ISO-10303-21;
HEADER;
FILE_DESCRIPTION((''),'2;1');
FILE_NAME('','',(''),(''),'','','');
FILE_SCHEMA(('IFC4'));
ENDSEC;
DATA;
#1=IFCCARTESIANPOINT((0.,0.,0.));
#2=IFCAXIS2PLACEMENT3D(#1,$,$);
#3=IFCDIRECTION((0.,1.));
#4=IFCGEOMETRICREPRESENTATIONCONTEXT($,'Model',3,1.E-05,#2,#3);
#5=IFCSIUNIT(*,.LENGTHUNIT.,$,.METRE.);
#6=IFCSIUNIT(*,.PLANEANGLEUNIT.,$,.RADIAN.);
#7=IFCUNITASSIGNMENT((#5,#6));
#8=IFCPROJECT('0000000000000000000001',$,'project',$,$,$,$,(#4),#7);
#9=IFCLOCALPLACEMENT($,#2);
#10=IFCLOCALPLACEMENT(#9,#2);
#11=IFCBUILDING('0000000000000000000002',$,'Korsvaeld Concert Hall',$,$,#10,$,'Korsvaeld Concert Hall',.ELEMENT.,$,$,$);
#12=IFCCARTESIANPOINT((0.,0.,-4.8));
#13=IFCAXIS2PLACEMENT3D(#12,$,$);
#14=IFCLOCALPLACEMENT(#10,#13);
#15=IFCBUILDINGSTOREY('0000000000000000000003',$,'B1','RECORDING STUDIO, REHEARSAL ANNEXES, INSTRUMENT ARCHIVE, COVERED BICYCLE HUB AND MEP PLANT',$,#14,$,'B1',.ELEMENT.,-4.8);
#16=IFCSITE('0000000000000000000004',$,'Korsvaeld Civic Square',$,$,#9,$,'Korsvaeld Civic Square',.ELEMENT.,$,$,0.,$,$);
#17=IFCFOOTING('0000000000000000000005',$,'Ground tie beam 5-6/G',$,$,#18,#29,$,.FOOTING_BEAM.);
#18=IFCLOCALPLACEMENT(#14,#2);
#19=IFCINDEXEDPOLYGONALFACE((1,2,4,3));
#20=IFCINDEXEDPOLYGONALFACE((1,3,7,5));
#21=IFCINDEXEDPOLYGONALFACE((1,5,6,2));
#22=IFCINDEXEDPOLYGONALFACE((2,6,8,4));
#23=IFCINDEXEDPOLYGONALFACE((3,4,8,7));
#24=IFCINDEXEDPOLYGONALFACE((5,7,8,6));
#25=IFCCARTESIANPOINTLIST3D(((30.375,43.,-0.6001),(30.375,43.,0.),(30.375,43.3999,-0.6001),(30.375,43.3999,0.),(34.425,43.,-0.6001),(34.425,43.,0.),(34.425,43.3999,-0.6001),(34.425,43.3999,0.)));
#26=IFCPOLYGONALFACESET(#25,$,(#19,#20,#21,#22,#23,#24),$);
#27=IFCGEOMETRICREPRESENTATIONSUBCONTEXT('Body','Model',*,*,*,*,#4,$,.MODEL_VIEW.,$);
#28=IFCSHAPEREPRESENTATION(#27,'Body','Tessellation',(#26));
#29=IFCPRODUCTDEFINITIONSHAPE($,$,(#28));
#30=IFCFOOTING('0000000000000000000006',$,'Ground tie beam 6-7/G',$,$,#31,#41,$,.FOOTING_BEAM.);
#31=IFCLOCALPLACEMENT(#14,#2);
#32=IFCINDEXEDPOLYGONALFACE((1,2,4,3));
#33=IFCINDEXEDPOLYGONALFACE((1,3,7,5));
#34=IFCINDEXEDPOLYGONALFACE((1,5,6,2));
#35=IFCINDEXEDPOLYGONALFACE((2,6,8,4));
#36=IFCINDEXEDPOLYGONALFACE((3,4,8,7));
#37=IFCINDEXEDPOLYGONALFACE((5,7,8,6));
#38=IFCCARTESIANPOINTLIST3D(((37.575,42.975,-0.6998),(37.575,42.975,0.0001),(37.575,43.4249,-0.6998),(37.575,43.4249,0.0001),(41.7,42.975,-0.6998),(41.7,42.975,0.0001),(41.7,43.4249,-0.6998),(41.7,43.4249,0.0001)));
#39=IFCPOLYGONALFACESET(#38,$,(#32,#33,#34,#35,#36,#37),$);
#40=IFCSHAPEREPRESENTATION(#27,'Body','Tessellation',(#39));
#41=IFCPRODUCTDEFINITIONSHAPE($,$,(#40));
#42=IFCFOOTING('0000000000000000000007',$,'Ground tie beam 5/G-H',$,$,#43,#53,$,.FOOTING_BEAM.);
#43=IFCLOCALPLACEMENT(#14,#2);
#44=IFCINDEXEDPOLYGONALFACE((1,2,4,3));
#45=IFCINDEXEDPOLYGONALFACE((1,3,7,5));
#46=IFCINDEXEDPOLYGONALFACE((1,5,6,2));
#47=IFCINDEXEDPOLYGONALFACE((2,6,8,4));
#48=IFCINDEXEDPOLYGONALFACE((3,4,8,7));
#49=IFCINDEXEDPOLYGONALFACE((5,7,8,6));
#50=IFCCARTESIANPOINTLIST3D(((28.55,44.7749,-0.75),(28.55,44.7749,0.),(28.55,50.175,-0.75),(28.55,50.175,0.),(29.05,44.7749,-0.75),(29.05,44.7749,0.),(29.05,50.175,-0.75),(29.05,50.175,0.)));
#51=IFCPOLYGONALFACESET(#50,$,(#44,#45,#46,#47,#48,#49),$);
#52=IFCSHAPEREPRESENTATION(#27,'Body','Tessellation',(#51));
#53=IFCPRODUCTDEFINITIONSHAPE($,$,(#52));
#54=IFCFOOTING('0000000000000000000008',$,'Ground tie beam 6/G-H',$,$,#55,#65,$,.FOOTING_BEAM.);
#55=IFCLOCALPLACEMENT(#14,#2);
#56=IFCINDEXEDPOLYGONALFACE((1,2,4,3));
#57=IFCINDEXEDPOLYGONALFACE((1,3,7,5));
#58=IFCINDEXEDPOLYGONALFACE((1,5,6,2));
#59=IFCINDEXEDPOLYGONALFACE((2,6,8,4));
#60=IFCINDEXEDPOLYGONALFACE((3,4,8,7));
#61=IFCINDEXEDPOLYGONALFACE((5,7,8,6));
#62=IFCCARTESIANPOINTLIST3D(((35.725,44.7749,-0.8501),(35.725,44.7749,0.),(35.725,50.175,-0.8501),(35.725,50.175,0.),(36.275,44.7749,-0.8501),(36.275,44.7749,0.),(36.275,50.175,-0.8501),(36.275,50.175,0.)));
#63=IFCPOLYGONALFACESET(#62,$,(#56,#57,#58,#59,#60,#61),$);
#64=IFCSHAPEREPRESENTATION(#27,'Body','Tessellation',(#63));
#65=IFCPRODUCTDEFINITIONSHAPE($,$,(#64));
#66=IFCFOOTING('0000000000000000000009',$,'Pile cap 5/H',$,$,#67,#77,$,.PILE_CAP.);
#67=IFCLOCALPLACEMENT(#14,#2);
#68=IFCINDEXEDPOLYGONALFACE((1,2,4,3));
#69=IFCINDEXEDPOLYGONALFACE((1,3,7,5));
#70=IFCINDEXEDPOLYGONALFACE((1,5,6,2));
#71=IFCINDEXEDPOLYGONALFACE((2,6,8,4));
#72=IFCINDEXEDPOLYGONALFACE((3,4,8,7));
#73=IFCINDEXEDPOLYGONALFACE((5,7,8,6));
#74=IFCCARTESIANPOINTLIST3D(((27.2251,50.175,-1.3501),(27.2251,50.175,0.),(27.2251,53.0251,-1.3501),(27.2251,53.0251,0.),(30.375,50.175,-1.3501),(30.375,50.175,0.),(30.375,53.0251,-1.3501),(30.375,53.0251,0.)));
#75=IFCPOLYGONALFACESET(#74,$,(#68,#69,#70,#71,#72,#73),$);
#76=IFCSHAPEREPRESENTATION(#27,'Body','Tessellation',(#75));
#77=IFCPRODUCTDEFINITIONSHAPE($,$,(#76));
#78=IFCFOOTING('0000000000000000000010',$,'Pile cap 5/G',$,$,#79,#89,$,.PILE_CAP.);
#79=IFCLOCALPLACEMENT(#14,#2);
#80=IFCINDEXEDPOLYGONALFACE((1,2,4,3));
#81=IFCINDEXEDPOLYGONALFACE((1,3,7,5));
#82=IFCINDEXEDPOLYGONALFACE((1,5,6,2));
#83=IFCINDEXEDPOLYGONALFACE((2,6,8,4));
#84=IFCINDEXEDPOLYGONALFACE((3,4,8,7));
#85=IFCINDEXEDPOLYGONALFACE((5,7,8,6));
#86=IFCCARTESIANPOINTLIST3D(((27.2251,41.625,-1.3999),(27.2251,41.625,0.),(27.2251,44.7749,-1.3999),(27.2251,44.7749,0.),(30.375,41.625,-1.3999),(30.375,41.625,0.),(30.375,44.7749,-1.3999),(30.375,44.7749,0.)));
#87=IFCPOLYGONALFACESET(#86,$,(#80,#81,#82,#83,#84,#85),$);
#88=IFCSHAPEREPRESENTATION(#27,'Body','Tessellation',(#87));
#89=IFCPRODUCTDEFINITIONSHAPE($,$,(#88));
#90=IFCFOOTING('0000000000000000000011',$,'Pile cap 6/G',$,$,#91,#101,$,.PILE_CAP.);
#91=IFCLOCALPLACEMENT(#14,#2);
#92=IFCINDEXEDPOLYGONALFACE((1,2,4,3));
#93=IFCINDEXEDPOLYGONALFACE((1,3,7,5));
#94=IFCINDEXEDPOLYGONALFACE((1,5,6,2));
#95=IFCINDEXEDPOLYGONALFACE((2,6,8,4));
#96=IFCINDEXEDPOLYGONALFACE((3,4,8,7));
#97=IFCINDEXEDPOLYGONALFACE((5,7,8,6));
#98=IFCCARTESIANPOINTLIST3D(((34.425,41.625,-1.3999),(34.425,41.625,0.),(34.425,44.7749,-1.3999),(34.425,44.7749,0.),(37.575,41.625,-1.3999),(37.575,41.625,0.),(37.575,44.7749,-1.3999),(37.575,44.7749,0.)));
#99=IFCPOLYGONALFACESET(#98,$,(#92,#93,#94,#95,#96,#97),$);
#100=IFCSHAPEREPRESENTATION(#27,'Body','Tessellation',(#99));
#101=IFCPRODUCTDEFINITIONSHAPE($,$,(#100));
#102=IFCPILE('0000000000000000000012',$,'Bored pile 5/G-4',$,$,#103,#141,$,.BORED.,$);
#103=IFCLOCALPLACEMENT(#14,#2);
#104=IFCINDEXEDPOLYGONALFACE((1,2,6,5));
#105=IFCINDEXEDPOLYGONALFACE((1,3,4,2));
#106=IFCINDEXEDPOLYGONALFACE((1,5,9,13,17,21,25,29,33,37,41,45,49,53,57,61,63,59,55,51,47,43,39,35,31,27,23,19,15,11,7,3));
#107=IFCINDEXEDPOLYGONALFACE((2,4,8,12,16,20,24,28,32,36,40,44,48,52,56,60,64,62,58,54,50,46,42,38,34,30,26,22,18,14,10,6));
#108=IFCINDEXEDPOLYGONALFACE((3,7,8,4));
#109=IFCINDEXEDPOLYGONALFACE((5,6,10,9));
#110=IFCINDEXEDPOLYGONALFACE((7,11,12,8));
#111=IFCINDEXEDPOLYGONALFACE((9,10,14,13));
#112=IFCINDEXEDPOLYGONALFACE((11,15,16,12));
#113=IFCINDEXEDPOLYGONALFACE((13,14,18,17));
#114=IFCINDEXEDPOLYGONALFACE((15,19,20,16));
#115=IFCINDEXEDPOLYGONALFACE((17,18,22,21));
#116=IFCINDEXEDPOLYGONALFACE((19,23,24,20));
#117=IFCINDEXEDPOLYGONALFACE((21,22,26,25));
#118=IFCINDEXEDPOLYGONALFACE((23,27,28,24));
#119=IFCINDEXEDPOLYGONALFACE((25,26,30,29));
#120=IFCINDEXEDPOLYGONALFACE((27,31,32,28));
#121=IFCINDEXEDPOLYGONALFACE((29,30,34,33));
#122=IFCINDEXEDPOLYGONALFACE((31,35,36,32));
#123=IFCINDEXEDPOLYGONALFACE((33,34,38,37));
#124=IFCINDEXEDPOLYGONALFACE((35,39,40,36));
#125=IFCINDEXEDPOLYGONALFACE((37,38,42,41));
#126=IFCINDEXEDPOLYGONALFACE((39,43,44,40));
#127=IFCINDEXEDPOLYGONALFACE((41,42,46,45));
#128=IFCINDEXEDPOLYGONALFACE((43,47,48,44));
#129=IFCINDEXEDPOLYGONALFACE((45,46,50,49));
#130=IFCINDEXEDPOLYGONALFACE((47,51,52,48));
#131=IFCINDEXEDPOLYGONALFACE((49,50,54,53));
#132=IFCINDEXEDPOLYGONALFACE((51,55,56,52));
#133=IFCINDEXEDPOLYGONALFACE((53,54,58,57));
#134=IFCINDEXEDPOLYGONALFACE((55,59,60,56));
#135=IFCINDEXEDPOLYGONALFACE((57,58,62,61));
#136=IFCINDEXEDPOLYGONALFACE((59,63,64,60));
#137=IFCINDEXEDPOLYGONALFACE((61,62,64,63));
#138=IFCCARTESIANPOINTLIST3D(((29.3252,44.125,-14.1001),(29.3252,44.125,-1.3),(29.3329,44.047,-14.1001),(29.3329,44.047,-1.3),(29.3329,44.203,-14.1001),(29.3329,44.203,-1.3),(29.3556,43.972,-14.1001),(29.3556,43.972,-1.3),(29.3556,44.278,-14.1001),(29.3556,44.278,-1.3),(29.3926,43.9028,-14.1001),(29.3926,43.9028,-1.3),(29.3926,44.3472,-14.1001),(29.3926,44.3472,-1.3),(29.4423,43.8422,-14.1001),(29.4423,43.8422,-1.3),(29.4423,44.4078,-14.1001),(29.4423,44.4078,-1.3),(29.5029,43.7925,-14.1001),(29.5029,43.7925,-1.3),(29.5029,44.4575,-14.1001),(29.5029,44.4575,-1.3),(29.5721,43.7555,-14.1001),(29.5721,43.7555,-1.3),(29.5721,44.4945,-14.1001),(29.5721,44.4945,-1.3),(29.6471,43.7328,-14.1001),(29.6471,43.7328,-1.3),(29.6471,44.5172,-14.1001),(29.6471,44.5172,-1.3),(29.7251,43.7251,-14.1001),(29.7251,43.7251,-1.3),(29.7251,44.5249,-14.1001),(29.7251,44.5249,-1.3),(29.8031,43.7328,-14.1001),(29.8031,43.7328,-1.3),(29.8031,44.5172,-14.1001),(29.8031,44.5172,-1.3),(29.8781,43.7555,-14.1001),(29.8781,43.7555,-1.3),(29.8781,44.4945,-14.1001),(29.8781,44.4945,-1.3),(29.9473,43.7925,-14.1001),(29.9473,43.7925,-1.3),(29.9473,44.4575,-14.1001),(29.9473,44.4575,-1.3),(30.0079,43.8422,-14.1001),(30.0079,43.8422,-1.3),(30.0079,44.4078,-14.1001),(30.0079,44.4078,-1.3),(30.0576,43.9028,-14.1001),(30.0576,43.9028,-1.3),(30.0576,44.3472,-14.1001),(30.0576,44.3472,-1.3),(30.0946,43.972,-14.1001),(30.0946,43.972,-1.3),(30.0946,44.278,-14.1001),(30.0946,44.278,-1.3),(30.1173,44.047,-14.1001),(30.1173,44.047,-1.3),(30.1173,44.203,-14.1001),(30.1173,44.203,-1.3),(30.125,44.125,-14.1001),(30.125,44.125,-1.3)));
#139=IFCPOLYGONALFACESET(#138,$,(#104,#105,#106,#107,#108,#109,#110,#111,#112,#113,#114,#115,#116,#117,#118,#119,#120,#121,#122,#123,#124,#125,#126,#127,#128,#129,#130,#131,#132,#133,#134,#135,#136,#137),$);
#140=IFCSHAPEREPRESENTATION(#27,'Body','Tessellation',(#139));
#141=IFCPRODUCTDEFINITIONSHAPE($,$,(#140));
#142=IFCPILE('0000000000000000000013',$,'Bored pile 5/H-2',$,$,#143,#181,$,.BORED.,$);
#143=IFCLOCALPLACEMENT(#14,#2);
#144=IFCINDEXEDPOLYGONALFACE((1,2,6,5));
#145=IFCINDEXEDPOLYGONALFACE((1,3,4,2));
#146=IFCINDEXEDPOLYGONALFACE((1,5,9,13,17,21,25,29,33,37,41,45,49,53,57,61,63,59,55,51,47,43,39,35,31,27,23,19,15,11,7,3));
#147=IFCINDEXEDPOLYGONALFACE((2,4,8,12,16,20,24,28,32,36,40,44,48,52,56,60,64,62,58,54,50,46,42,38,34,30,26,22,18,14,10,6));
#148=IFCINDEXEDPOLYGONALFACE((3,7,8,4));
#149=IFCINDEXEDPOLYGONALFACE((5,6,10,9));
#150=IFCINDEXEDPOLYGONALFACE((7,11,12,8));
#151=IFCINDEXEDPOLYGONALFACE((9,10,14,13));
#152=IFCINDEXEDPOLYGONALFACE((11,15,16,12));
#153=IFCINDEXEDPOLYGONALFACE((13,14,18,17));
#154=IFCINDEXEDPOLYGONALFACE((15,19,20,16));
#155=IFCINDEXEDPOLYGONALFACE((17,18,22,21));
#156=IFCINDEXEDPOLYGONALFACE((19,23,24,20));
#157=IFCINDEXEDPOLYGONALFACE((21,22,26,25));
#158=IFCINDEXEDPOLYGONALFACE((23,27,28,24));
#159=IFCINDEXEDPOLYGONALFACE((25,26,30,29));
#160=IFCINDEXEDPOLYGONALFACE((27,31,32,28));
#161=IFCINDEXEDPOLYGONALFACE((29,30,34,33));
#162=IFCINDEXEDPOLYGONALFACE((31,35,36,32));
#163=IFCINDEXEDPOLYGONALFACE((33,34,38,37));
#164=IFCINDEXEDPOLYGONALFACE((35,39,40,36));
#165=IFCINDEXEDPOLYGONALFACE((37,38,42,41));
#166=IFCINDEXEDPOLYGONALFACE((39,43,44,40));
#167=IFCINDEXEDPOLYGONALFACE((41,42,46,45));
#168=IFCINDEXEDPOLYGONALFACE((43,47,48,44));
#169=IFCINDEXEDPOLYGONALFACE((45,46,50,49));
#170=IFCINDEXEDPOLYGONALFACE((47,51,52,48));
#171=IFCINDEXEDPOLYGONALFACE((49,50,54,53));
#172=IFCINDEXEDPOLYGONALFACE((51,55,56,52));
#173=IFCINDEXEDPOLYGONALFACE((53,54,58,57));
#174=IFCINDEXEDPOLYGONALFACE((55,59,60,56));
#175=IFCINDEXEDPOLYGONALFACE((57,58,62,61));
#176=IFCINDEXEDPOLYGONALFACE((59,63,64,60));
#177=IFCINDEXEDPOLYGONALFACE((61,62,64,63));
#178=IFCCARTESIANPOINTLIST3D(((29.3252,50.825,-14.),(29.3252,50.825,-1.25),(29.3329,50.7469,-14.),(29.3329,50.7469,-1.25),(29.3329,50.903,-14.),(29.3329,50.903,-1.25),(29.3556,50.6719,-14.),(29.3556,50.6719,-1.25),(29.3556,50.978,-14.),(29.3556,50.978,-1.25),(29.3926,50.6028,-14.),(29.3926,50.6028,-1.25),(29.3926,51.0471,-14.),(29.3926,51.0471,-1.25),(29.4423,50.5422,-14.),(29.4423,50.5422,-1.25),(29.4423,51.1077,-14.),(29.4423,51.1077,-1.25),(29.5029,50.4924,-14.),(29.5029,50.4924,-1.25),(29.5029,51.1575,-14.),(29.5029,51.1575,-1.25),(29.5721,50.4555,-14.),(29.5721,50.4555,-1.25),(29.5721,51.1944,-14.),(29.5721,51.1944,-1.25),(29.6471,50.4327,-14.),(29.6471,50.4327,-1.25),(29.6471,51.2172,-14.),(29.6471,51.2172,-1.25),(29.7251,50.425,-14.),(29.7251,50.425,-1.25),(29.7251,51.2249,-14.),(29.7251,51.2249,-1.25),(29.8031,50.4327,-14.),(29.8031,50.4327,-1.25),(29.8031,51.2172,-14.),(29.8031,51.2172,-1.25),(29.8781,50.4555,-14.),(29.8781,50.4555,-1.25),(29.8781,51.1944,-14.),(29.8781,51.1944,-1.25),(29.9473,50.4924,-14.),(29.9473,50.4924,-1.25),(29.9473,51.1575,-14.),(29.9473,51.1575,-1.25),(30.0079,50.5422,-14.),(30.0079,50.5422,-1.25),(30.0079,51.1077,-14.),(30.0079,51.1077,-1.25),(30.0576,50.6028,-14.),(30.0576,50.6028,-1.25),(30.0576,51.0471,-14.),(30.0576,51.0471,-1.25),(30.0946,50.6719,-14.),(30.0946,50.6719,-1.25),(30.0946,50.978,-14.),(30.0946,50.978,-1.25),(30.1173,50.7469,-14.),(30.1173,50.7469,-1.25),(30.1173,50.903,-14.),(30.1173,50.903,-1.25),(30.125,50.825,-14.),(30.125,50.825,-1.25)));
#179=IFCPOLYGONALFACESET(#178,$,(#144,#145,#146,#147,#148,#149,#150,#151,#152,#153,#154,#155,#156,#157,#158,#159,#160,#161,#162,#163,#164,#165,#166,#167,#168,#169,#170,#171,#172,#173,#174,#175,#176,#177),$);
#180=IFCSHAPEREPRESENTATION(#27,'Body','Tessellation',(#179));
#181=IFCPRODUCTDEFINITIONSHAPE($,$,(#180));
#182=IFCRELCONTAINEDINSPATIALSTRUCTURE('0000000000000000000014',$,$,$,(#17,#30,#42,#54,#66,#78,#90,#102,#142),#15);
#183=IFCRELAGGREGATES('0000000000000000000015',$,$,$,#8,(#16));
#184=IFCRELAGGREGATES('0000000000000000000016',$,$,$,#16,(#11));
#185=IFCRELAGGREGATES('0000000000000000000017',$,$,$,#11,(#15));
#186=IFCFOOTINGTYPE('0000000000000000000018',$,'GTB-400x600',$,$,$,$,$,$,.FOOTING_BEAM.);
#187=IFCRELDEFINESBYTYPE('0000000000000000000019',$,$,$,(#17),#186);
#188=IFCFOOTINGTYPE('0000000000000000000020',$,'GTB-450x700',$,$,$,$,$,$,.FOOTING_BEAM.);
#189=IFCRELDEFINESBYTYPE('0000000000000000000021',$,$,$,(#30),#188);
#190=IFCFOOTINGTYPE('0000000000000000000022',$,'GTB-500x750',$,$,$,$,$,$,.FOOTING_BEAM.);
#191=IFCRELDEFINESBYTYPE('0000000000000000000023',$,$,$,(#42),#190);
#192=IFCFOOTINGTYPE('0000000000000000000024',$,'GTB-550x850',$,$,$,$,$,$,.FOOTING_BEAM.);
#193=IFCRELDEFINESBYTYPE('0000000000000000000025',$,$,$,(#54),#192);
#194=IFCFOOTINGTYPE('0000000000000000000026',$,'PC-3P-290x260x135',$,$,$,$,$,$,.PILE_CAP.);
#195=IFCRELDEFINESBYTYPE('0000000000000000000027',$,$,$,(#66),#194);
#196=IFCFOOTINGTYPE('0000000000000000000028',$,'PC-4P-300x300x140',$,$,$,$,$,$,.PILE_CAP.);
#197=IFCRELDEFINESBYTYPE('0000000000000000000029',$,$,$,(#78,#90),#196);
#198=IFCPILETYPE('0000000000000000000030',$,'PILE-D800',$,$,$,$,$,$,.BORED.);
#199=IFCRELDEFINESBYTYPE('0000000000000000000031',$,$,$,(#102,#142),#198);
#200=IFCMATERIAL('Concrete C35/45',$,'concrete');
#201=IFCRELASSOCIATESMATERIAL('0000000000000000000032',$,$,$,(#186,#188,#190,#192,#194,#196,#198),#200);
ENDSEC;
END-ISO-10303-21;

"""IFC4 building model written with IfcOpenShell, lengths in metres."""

from ifc_helpers import new_model, si_unit, direction, frame, origin, origin_2d, place, context, subcontext, project, spatial, rectangle, circle, extrude, material, material_profile, profile_set, type_object, element, save


model = new_model("IFC4")

# Units and contexts
model_context = context("Model", 3, precision=1e-05, world=origin(), true_north=direction((0.0, 1.0)))
body_context = subcontext(model_context, "Body", "Model", "MODEL_VIEW")
ifc_project = project(units=[si_unit("LENGTHUNIT", "METRE"), si_unit("PLANEANGLEUNIT", "RADIAN")], contexts=[model_context])

# Site, building, storey
site_placement = place(None, origin())
site = spatial("IfcSite", under=ifc_project, at=site_placement, Name="Korsvaeld Civic Square", LongName="Korsvaeld Civic Square", CompositionType="ELEMENT", RefElevation=0.0)
building_placement = place(site_placement, origin())
building = spatial("IfcBuilding", under=site, at=building_placement, Name="Korsvaeld Concert Hall", LongName="Korsvaeld Concert Hall", CompositionType="ELEMENT")
storey_placement = place(building_placement, frame((0.0, 0.0, -4.8)))
storey = spatial("IfcBuildingStorey", under=building, at=storey_placement, Name="B1", Description="RECORDING STUDIO, REHEARSAL ANNEXES, INSTRUMENT ARCHIVE, COVERED BICYCLE HUB AND MEP PLANT", LongName="B1", CompositionType="ELEMENT", Elevation=-4.8)

# Footings
ifc_material_1 = material(Name="Concrete C35/45", Category="concrete")
ifc_material_profile_1 = material_profile(ifc_material_1, rectangle(XDim=0.3999, YDim=0.6001, at=origin_2d()), Name="GTB 400x600")
ifc_profile_set_1 = profile_set([ifc_material_profile_1], Name="Concrete C35/45")
footing_type_1 = type_object("IfcFootingType", Name="GTB-400x600", PredefinedType="FOOTING_BEAM", material=ifc_profile_set_1)
footing_1_placement = place(storey_placement, frame((30.375, 43.2, -0.3), z_axis=(1.0, 0.0, 0.0), x_axis=(0.0, 1.0, 0.0)))
element("IfcFooting", 1, at=footing_1_placement, inside=storey, type_object=footing_type_1, Name="Ground tie beam 5-6/G", PredefinedType="FOOTING_BEAM", context=body_context, shape_type="SweptSolid", body=[
    extrude(rectangle(XDim=0.3999, YDim=0.6001, at=origin_2d()), origin(), (0.0, 0.0, 1.0), 4.05),
])
ifc_material_profile_2 = material_profile(ifc_material_1, rectangle(XDim=0.45, YDim=0.7, at=origin_2d()), Name="GTB 450x700")
ifc_profile_set_2 = profile_set([ifc_material_profile_2], Name="Concrete C35/45")
footing_type_2 = type_object("IfcFootingType", Name="GTB-450x700", PredefinedType="FOOTING_BEAM", material=ifc_profile_set_2)
footing_2_placement = place(storey_placement, frame((37.575, 43.2, -0.3499), z_axis=(1.0, 0.0, 0.0), x_axis=(0.0, 1.0, 0.0)))
element("IfcFooting", 2, at=footing_2_placement, inside=storey, type_object=footing_type_2, Name="Ground tie beam 6-7/G", PredefinedType="FOOTING_BEAM", context=body_context, shape_type="SweptSolid", body=[
    extrude(rectangle(XDim=0.45, YDim=0.7, at=origin_2d()), origin(), (0.0, 0.0, 1.0), 4.125),
])
ifc_material_profile_3 = material_profile(ifc_material_1, rectangle(XDim=0.5, YDim=0.75, at=origin_2d()), Name="GTB 500x750")
ifc_profile_set_3 = profile_set([ifc_material_profile_3], Name="Concrete C35/45")
footing_type_3 = type_object("IfcFootingType", Name="GTB-500x750", PredefinedType="FOOTING_BEAM", material=ifc_profile_set_3)
footing_3_placement = place(storey_placement, frame((28.8, 44.7749, -0.375), z_axis=(0.0, 1.0, 0.0), x_axis=(-1.0, 0.0, 0.0)))
element("IfcFooting", 3, at=footing_3_placement, inside=storey, type_object=footing_type_3, Name="Ground tie beam 5/G-H", PredefinedType="FOOTING_BEAM", context=body_context, shape_type="SweptSolid", body=[
    extrude(rectangle(XDim=0.5, YDim=0.75, at=origin_2d()), origin(), (0.0, 0.0, 1.0), 5.4001),
])
ifc_material_profile_4 = material_profile(ifc_material_1, rectangle(XDim=0.55, YDim=0.8501, at=origin_2d()), Name="GTB 550x850")
ifc_profile_set_4 = profile_set([ifc_material_profile_4], Name="Concrete C35/45")
footing_type_4 = type_object("IfcFootingType", Name="GTB-550x850", PredefinedType="FOOTING_BEAM", material=ifc_profile_set_4)
footing_4_placement = place(storey_placement, frame((36.0, 44.7749, -0.425), z_axis=(0.0, 1.0, 0.0), x_axis=(-1.0, 0.0, 0.0)))
element("IfcFooting", 4, at=footing_4_placement, inside=storey, type_object=footing_type_4, Name="Ground tie beam 6/G-H", PredefinedType="FOOTING_BEAM", context=body_context, shape_type="SweptSolid", body=[
    extrude(rectangle(XDim=0.55, YDim=0.8501, at=origin_2d()), origin(), (0.0, 0.0, 1.0), 5.4001),
])
footing_type_5 = type_object("IfcFootingType", Name="PC-3P-290x260x135", PredefinedType="PILE_CAP", material=ifc_material_1)
footing_5_placement = place(storey_placement, frame((28.8, 51.6001, -1.3501), z_axis=(0.0, 0.0, 1.0), x_axis=(1.0, 0.0, 0.0)))
element("IfcFooting", 5, at=footing_5_placement, inside=storey, type_object=footing_type_5, Name="Pile cap 5/H", PredefinedType="PILE_CAP", context=body_context, shape_type="SweptSolid", body=[
    extrude(rectangle(XDim=3.1499, YDim=2.8501, at=origin_2d()), origin(), (0.0, 0.0, 1.0), 1.3501),
])
footing_type_6 = type_object("IfcFootingType", Name="PC-4P-300x300x140", PredefinedType="PILE_CAP", material=ifc_material_1)
for number, where, z_axis, x_axis, name in (
    (6, (28.8, 43.2, -1.3999), (0.0, 0.0, 1.0), (1.0, 0.0, 0.0), "Pile cap 5/G"),
    (7, (36.0, 43.2, -1.3999), (0.0, 0.0, 1.0), (1.0, 0.0, 0.0), "Pile cap 6/G"),
):
    element("IfcFooting", number, at=place(storey_placement, frame(where, z_axis=z_axis, x_axis=x_axis)), inside=storey, type_object=footing_type_6, Name=name, PredefinedType="PILE_CAP", context=body_context, shape_type="SweptSolid", body=[
        extrude(rectangle(XDim=3.1499, YDim=3.1499, at=origin_2d()), origin(), (0.0, 0.0, 1.0), 1.3999),
    ])

# Piles
ifc_material_profile_5 = material_profile(ifc_material_1, circle(Radius=0.3999, at=origin_2d()), Name="BORED PILE D800")
ifc_profile_set_5 = profile_set([ifc_material_profile_5], Name="Concrete C35/45")
pile_type = type_object("IfcPileType", Name="PILE-D800", PredefinedType="BORED", material=ifc_profile_set_5)
pile_1_placement = place(storey_placement, frame((29.7251, 44.125, -1.3), z_axis=(0.0, 0.0, -1.0), x_axis=(1.0, 0.0, 0.0)))
element("IfcPile", 8, at=pile_1_placement, inside=storey, type_object=pile_type, Name="Bored pile 5/G-4", PredefinedType="BORED", context=body_context, shape_type="SweptSolid", body=[
    extrude(circle(Radius=0.3999, at=origin_2d()), origin(), (0.0, 0.0, 1.0), 12.8),
])
pile_2_placement = place(storey_placement, frame((29.7251, 50.825, -1.25), z_axis=(0.0, 0.0, -1.0), x_axis=(1.0, 0.0, 0.0)))
element("IfcPile", 9, at=pile_2_placement, inside=storey, type_object=pile_type, Name="Bored pile 5/H-2", PredefinedType="BORED", context=body_context, shape_type="SweptSolid", body=[
    extrude(circle(Radius=0.3999, at=origin_2d()), origin(), (0.0, 0.0, 1.0), 12.75),
])

save(model, "model.ifc")
